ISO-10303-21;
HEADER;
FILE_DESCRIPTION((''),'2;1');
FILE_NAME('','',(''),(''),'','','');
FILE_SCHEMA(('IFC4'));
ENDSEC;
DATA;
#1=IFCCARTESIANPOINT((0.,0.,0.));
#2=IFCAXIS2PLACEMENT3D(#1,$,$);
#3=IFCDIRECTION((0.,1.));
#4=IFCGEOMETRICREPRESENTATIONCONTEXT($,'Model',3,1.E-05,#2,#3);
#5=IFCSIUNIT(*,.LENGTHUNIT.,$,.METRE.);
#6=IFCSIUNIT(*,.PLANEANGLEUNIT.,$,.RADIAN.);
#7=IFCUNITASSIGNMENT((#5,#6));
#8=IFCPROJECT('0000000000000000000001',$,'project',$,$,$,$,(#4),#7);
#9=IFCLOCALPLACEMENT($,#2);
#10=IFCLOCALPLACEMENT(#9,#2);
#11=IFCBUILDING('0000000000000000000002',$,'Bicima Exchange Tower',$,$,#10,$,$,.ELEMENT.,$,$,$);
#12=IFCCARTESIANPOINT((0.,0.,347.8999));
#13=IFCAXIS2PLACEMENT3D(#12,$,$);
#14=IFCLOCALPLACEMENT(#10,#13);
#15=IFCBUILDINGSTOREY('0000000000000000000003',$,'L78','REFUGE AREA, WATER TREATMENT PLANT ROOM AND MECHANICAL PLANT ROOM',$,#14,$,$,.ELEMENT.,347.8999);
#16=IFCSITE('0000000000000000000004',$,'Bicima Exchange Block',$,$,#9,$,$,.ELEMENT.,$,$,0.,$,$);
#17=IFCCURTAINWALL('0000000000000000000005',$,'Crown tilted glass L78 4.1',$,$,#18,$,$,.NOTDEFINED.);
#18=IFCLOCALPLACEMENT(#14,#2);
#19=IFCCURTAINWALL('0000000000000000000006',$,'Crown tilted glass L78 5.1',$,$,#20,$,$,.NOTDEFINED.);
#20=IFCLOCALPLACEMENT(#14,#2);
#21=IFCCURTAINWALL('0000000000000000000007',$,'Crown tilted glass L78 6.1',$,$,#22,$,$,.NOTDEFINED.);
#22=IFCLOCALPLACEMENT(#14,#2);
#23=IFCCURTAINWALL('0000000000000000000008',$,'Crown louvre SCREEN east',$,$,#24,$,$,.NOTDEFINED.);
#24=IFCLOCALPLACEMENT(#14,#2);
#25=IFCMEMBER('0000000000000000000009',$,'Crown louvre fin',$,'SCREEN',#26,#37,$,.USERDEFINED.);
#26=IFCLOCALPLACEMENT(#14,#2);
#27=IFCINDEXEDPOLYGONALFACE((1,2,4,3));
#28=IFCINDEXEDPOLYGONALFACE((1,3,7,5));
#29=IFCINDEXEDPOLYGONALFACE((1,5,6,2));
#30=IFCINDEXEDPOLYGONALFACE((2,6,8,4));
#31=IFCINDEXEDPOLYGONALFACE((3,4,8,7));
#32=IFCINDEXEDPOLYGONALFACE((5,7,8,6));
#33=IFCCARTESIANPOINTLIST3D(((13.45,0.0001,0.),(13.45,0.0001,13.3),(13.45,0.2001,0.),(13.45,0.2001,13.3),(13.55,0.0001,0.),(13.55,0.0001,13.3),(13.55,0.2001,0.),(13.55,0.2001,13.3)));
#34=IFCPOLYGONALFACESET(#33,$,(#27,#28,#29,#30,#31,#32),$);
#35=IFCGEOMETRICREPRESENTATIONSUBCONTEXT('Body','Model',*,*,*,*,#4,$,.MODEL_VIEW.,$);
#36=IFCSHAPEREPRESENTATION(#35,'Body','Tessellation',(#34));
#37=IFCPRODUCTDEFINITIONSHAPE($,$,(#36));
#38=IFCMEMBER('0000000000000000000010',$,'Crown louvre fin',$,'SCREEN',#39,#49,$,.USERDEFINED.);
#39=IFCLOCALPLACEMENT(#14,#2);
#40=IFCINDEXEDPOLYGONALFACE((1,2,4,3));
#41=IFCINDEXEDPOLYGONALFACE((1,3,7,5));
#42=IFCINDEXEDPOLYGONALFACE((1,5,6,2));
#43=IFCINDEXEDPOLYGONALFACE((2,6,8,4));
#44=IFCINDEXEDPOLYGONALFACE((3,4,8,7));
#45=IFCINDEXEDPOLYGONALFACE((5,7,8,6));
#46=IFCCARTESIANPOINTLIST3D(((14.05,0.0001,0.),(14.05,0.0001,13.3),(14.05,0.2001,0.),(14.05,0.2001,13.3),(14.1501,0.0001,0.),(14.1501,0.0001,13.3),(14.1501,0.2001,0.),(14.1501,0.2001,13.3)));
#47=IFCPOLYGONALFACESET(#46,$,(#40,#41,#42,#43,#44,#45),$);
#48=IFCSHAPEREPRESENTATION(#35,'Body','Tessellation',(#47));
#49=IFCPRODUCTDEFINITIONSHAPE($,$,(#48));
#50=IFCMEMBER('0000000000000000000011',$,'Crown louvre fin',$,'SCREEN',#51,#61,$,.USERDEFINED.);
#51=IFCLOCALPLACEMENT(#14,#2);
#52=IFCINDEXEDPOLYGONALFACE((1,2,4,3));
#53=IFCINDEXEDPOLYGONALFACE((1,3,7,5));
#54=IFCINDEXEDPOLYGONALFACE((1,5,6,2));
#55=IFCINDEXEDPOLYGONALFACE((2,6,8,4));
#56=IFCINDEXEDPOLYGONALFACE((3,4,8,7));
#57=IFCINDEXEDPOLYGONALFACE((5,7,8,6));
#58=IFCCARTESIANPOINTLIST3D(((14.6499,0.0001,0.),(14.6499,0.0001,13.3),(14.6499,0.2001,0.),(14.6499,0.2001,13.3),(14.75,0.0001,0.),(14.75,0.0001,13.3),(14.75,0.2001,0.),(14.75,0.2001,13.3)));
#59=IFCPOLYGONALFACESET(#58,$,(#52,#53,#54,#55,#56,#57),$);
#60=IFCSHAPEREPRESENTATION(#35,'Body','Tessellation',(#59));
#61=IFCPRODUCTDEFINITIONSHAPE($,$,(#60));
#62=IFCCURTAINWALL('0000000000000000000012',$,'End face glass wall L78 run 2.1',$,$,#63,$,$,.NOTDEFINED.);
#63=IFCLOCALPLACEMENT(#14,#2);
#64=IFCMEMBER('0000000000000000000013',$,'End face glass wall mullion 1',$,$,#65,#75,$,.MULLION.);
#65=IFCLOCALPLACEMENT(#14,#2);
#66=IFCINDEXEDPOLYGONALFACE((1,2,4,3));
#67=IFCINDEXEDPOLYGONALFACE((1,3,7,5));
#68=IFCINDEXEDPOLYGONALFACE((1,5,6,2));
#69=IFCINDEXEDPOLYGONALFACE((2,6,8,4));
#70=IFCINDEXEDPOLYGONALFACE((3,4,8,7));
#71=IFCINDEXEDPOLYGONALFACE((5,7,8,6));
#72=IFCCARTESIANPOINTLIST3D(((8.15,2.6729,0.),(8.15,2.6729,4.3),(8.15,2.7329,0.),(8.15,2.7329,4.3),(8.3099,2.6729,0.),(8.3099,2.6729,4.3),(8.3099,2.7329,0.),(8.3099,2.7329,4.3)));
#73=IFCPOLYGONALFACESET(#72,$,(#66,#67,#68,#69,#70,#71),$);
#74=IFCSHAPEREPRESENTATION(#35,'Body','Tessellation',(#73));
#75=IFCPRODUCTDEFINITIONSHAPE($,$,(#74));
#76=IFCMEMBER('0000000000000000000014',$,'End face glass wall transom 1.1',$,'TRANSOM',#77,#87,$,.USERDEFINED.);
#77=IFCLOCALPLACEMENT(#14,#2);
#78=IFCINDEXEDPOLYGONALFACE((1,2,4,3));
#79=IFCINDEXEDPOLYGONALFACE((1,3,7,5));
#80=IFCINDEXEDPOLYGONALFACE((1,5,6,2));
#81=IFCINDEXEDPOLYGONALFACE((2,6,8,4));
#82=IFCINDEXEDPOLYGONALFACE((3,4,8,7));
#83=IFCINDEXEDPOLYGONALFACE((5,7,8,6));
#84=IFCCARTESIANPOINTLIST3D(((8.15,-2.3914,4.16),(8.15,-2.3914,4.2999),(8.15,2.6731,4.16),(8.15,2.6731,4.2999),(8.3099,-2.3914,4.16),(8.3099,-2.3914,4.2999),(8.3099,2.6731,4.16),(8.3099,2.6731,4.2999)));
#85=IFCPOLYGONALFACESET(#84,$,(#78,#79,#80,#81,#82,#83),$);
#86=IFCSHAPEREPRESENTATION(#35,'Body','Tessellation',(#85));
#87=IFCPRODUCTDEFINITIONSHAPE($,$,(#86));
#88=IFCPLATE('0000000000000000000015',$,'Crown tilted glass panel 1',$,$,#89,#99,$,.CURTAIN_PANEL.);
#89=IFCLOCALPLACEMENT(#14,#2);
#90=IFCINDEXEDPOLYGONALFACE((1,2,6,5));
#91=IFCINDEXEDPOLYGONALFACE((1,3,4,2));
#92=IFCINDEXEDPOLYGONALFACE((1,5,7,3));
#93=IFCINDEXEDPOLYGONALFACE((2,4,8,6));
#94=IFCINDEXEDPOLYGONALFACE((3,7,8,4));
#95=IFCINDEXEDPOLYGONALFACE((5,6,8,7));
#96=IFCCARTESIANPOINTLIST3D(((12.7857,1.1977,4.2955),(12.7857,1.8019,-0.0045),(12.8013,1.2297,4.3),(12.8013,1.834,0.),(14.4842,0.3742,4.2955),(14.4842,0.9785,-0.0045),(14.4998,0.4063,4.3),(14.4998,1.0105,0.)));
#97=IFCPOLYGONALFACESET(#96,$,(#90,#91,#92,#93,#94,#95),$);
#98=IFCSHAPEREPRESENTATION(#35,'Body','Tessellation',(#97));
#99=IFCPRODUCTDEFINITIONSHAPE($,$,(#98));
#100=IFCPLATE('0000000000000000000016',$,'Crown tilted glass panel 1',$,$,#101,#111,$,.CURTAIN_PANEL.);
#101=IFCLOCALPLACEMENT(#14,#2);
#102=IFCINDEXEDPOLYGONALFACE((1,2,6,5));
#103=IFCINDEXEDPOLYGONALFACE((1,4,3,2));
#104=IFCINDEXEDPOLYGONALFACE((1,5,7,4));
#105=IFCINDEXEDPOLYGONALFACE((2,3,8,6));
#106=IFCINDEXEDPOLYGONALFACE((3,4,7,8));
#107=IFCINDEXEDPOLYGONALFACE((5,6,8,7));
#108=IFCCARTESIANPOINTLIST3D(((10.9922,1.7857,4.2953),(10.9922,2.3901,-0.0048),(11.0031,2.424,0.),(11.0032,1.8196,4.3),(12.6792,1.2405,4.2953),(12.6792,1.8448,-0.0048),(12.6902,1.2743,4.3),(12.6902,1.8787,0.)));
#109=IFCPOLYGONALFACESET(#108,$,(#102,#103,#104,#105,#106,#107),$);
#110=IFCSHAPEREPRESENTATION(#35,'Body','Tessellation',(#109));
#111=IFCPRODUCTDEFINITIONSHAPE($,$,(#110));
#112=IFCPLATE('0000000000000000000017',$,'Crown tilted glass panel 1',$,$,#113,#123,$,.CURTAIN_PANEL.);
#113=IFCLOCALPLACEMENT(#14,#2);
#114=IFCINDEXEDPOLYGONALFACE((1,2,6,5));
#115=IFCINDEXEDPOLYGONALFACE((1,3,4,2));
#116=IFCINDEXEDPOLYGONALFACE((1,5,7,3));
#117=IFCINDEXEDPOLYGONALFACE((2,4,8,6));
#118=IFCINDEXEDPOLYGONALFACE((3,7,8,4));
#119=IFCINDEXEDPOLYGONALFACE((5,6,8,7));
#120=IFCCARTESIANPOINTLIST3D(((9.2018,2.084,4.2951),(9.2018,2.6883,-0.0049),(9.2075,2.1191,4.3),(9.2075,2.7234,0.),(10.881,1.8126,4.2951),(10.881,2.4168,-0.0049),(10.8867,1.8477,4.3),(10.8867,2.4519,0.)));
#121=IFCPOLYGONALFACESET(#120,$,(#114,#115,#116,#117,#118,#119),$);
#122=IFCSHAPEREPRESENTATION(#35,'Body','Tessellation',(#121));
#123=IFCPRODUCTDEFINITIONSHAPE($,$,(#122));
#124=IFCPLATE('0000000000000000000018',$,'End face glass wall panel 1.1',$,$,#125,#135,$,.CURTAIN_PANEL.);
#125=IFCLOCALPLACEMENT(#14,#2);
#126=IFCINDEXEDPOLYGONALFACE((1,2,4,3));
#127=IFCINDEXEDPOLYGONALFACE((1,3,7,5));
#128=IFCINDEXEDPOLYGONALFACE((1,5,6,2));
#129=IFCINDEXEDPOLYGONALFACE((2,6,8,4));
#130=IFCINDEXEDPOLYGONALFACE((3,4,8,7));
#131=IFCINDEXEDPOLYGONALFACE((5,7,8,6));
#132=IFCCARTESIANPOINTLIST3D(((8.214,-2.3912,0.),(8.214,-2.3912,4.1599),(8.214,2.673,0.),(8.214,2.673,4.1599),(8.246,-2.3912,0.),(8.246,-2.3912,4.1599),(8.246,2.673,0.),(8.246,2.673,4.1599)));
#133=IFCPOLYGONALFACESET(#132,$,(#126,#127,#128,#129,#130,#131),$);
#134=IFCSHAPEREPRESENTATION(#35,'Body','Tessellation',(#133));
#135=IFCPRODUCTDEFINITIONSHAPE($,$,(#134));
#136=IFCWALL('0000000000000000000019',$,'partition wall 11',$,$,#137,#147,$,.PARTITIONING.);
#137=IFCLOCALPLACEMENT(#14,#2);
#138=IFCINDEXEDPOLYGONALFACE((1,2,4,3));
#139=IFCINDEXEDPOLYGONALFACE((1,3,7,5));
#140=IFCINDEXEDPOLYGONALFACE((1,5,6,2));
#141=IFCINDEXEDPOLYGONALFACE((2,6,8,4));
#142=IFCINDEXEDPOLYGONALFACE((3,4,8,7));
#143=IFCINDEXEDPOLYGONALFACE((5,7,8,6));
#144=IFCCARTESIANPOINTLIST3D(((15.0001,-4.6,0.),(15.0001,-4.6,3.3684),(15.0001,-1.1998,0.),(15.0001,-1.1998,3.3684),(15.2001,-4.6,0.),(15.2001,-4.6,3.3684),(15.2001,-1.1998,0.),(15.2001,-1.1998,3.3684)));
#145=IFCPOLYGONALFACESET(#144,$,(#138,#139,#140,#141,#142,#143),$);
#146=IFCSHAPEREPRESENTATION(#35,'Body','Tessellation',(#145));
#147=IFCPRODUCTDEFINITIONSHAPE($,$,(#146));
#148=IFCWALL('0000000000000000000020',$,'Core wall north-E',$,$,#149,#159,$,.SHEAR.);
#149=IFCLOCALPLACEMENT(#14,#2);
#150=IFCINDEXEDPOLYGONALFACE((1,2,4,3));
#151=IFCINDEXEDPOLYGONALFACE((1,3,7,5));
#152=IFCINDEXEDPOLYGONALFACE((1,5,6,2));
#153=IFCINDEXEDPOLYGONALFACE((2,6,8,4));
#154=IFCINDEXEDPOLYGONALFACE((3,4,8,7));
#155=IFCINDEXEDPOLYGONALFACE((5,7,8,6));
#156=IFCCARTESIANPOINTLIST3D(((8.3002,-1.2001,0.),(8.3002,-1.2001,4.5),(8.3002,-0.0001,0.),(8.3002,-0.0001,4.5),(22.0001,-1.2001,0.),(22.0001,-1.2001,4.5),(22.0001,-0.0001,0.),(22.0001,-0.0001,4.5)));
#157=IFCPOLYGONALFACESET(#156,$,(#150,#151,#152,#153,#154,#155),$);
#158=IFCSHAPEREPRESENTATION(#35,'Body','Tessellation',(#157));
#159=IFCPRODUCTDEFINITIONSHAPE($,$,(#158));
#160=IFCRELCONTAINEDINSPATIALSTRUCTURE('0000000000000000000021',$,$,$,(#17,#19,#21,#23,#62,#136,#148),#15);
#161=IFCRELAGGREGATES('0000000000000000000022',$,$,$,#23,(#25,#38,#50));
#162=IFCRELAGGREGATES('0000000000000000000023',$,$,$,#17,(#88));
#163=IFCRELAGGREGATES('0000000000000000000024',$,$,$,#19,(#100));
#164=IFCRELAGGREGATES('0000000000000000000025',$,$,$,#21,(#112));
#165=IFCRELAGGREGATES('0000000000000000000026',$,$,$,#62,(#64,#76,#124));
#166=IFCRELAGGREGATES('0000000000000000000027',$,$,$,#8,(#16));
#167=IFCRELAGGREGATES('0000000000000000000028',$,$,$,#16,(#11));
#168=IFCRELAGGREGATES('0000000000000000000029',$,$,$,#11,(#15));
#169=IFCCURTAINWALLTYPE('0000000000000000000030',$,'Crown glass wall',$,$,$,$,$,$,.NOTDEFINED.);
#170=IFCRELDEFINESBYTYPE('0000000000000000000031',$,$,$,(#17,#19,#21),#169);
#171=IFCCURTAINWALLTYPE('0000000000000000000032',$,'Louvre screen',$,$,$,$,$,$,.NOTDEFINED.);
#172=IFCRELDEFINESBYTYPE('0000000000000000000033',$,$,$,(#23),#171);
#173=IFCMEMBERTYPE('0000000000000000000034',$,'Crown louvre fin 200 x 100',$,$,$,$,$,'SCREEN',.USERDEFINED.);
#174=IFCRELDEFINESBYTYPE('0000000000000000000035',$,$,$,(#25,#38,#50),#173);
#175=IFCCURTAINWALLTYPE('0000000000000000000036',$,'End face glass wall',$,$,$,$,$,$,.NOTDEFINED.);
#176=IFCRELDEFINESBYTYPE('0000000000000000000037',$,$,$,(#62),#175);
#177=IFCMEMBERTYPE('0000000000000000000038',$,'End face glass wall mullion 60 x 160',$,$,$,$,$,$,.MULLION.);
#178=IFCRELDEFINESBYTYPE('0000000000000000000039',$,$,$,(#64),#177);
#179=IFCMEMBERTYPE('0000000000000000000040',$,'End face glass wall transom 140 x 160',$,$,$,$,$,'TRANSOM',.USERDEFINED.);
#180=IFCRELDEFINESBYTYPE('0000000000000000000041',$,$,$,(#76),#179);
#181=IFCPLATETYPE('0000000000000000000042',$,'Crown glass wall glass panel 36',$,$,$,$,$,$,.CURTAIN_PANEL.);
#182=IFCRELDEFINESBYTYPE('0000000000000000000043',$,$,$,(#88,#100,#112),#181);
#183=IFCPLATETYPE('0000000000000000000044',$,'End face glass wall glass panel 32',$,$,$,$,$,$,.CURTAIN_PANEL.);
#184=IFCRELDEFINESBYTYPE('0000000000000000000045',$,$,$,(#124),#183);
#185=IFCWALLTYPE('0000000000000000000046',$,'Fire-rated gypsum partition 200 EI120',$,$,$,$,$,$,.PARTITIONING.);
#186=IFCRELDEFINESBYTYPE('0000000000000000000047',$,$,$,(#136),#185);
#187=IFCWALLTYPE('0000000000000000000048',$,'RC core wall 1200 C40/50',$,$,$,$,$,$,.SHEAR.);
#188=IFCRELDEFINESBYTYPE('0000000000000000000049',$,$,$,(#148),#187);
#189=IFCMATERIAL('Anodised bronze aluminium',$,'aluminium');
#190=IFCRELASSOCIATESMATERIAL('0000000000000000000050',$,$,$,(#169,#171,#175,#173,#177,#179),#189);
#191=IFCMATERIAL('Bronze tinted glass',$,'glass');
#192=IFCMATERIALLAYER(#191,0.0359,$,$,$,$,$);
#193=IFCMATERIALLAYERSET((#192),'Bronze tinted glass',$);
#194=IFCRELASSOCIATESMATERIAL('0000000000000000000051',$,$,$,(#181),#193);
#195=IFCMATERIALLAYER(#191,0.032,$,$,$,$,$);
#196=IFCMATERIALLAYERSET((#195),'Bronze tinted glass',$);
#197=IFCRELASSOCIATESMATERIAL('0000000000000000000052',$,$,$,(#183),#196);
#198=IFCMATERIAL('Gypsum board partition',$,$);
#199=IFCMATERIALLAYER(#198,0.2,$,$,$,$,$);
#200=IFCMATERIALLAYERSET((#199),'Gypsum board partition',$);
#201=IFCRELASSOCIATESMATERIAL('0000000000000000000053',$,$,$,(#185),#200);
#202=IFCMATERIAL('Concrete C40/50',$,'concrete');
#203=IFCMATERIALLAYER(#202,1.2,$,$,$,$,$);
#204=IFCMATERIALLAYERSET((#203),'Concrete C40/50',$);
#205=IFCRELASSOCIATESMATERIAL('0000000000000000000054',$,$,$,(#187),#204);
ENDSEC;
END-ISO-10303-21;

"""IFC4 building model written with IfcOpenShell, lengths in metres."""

from ifc_helpers import new_model, si_unit, direction, frame, frame_2d, origin, origin_2d, place, context, subcontext, project, spatial, polyline, rectangle, outline, extrude, material, layer, layer_set, material_profile, profile_set, type_object, element, aggregate, save


model = new_model("IFC4")

# Units and contexts
model_context = context("Model", 3, precision=1e-05, world=origin(), true_north=direction((0.0, 1.0)))
body_context = subcontext(model_context, "Body", "Model", "MODEL_VIEW")
ifc_project = project(units=[si_unit("LENGTHUNIT", "METRE"), si_unit("PLANEANGLEUNIT", "RADIAN")], contexts=[model_context])

# Site, building, storey
site_placement = place(None, origin())
site = spatial("IfcSite", under=ifc_project, at=site_placement, Name="Bicima Exchange Block", CompositionType="ELEMENT", RefElevation=0.0)
building_placement = place(site_placement, origin())
building = spatial("IfcBuilding", under=site, at=building_placement, Name="Bicima Exchange Tower", CompositionType="ELEMENT")
storey_placement = place(building_placement, frame((0.0, 0.0, 347.8999)))
storey = spatial("IfcBuildingStorey", under=building, at=storey_placement, Name="L78", Description="REFUGE AREA, WATER TREATMENT PLANT ROOM AND MECHANICAL PLANT ROOM", CompositionType="ELEMENT", Elevation=347.8999)

# Shared definitions
ifc_material_1 = material(Name="Anodised bronze aluminium", Category="aluminium")
curtain_wall_type_1 = type_object("IfcCurtainWallType", Name="Crown glass wall", PredefinedType="NOTDEFINED", material=ifc_material_1)

# Curtain walls, members
curtain_wall_1_placement = place(storey_placement, origin())
curtain_wall_1 = element("IfcCurtainWall", 1, at=curtain_wall_1_placement, inside=storey, type_object=curtain_wall_type_1, Name="Crown tilted glass L78 4.1", PredefinedType="NOTDEFINED")
curtain_wall_2_placement = place(storey_placement, origin())
curtain_wall_2 = element("IfcCurtainWall", 2, at=curtain_wall_2_placement, inside=storey, type_object=curtain_wall_type_1, Name="Crown tilted glass L78 5.1", PredefinedType="NOTDEFINED")
curtain_wall_3_placement = place(storey_placement, origin())
curtain_wall_3 = element("IfcCurtainWall", 3, at=curtain_wall_3_placement, inside=storey, type_object=curtain_wall_type_1, Name="Crown tilted glass L78 6.1", PredefinedType="NOTDEFINED")
curtain_wall_type_2 = type_object("IfcCurtainWallType", Name="Louvre screen", PredefinedType="NOTDEFINED", material=ifc_material_1)
curtain_wall_4_placement = place(storey_placement, origin())
curtain_wall_4 = element("IfcCurtainWall", 4, at=curtain_wall_4_placement, inside=storey, type_object=curtain_wall_type_2, Name="Crown louvre SCREEN east", PredefinedType="NOTDEFINED")
ifc_material_profile_1 = material_profile(ifc_material_1, rectangle(XDim=0.1001, YDim=0.2, at=origin_2d()))
ifc_profile_set_1 = profile_set([ifc_material_profile_1], Name="Anodised bronze aluminium")
member_type_1 = type_object("IfcMemberType", Name="Crown louvre fin 200 x 100", ElementType="SCREEN", PredefinedType="USERDEFINED", material=ifc_profile_set_1)
member_1_placement = place(storey_placement, frame((13.5, 0.1001, 0.0), z_axis=(0.0, 0.0, 1.0), x_axis=(1.0, 0.0, 0.0)))
member_1 = element("IfcMember", 5, at=member_1_placement, type_object=member_type_1, Name="Crown louvre fin", ObjectType="SCREEN", PredefinedType="USERDEFINED", context=body_context, shape_type="SweptSolid", body=[
    extrude(rectangle(XDim=0.1001, YDim=0.2, at=origin_2d()), origin(), (0.0, 0.0, 1.0), 13.3),
])
member_2_placement = place(storey_placement, frame((14.1001, 0.1001, 0.0), z_axis=(0.0, 0.0, 1.0), x_axis=(1.0, 0.0, 0.0)))
member_2 = element("IfcMember", 6, at=member_2_placement, type_object=member_type_1, Name="Crown louvre fin", ObjectType="SCREEN", PredefinedType="USERDEFINED", context=body_context, shape_type="SweptSolid", body=[
    extrude(rectangle(XDim=0.1001, YDim=0.2, at=origin_2d()), origin(), (0.0, 0.0, 1.0), 13.3),
])
member_3_placement = place(storey_placement, frame((14.7, 0.1001, 0.0), z_axis=(0.0, 0.0, 1.0), x_axis=(1.0, 0.0, 0.0)))
member_3 = element("IfcMember", 7, at=member_3_placement, type_object=member_type_1, Name="Crown louvre fin", ObjectType="SCREEN", PredefinedType="USERDEFINED", context=body_context, shape_type="SweptSolid", body=[
    extrude(rectangle(XDim=0.1001, YDim=0.2, at=origin_2d()), origin(), (0.0, 0.0, 1.0), 13.3),
])
aggregate(curtain_wall_4, [member_1, member_2, member_3])
curtain_wall_type_3 = type_object("IfcCurtainWallType", Name="End face glass wall", PredefinedType="NOTDEFINED", material=ifc_material_1)
curtain_wall_5_placement = place(storey_placement, origin())
curtain_wall_5 = element("IfcCurtainWall", 8, at=curtain_wall_5_placement, inside=storey, type_object=curtain_wall_type_3, Name="End face glass wall L78 run 2.1", PredefinedType="NOTDEFINED")
ifc_material_profile_2 = material_profile(ifc_material_1, rectangle(XDim=0.1599, YDim=0.0601, at=origin_2d()))
ifc_profile_set_2 = profile_set([ifc_material_profile_2], Name="Anodised bronze aluminium")
member_type_2 = type_object("IfcMemberType", Name="End face glass wall mullion 60 x 160", PredefinedType="MULLION", material=ifc_profile_set_2)
member_4_placement = place(storey_placement, frame((8.23, 2.7029, 0.0), z_axis=(0.0, 0.0, 1.0), x_axis=(1.0, 0.0, 0.0)))
member_4 = element("IfcMember", 9, at=member_4_placement, type_object=member_type_2, Name="End face glass wall mullion 1", PredefinedType="MULLION", context=body_context, shape_type="SweptSolid", body=[
    extrude(rectangle(XDim=0.1599, YDim=0.0601, at=origin_2d()), origin(), (0.0, 0.0, 1.0), 4.3),
])
ifc_material_profile_3 = material_profile(ifc_material_1, rectangle(XDim=0.1599, YDim=0.1399, at=origin_2d()))
ifc_profile_set_3 = profile_set([ifc_material_profile_3], Name="Anodised bronze aluminium")
member_type_3 = type_object("IfcMemberType", Name="End face glass wall transom 140 x 160", ElementType="TRANSOM", PredefinedType="USERDEFINED", material=ifc_profile_set_3)
member_5_placement = place(storey_placement, frame((8.23, 2.6731, 4.23), z_axis=(0.0, -1.0, 0.0), x_axis=(1.0, 0.0, 0.0)))
member_5 = element("IfcMember", 10, at=member_5_placement, type_object=member_type_3, Name="End face glass wall transom 1.1", ObjectType="TRANSOM", PredefinedType="USERDEFINED", context=body_context, shape_type="SweptSolid", body=[
    extrude(rectangle(XDim=0.1599, YDim=0.1399, at=origin_2d()), origin(), (0.0, 0.0, 1.0), 5.0645),
])

# Plates
ifc_material_2 = material(Name="Bronze tinted glass", Category="glass")
ifc_layer_1 = layer(ifc_material_2, 0.0359)
ifc_layer_set_1 = layer_set([ifc_layer_1], Name="Bronze tinted glass")
plate_type_1 = type_object("IfcPlateType", Name="Crown glass wall glass panel 36", PredefinedType="CURTAIN_PANEL", material=ifc_layer_set_1)
plate_1_placement = place(storey_placement, frame((14.4998, 1.0105, 0.0), z_axis=(0.432818, 0.892711, 0.125445), x_axis=(-0.899819, 0.436264, 0.0)))
plate_1 = element("IfcPlate", 11, at=plate_1_placement, type_object=plate_type_1, Name="Crown tilted glass panel 1", PredefinedType="CURTAIN_PANEL", context=body_context, shape_type="SweptSolid", body=[
    extrude(outline(polyline([(0.0, 0.0), (1.8876, 0.0), (1.624, 4.3343), (-0.2636, 4.3343), (0.0, 0.0)])), origin(), (0.0, 0.0, -1.0), 0.0359),
])
aggregate(curtain_wall_1, [plate_1])
plate_2_placement = place(storey_placement, frame((12.6902, 1.8787, 0.0), z_axis=(0.304846, 0.943132, 0.132557), x_axis=(-0.951528, 0.307561, -0.000009)))
plate_2 = element("IfcPlate", 12, at=plate_2_placement, type_object=plate_type_1, Name="Crown tilted glass panel 1", PredefinedType="CURTAIN_PANEL", context=body_context, shape_type="SweptSolid", body=[
    extrude(outline(polyline([(0.0, 0.0), (1.773, 0.0), (1.587, 4.3383), (-0.1859, 4.3383), (0.0, 0.0)])), origin(), (0.0, 0.0, -1.0), 0.0359),
])
aggregate(curtain_wall_2, [plate_2])
plate_3_placement = place(storey_placement, frame((10.8867, 2.4519, 0.0), z_axis=(0.158089, 0.977818, 0.137404), x_axis=(-0.987181, 0.159602, 0.0)))
plate_3 = element("IfcPlate", 13, at=plate_3_placement, type_object=plate_type_1, Name="Crown tilted glass panel 1", PredefinedType="CURTAIN_PANEL", context=body_context, shape_type="SweptSolid", body=[
    extrude(outline(polyline([(0.0, 0.0), (1.701, 0.0), (1.6046, 4.3412), (-0.0964, 4.3412), (0.0, 0.0)])), origin(), (0.0, 0.0, -1.0), 0.0359),
])
aggregate(curtain_wall_3, [plate_3])
ifc_layer_2 = layer(ifc_material_2, 0.032)
ifc_layer_set_2 = layer_set([ifc_layer_2], Name="Bronze tinted glass")
plate_type_2 = type_object("IfcPlateType", Name="End face glass wall glass panel 32", PredefinedType="CURTAIN_PANEL", material=ifc_layer_set_2)
plate_4_placement = place(storey_placement, frame((8.23, 0.1409, 0.0), z_axis=(0.0, 0.0, 1.0), x_axis=(0.0, -1.0, 0.0)))
plate_4 = element("IfcPlate", 14, at=plate_4_placement, type_object=plate_type_2, Name="End face glass wall panel 1.1", PredefinedType="CURTAIN_PANEL", context=body_context, shape_type="SweptSolid", body=[
    extrude(rectangle(XDim=5.0642, YDim=0.032, at=origin_2d()), origin(), (0.0, 0.0, 1.0), 4.1599),
])
aggregate(curtain_wall_5, [member_4, member_5, plate_4])

# Walls
ifc_material_3 = material(Name="Gypsum board partition")
ifc_layer_3 = layer(ifc_material_3, 0.2)
ifc_layer_set_3 = layer_set([ifc_layer_3], Name="Gypsum board partition")
wall_type_1 = type_object("IfcWallType", Name="Fire-rated gypsum partition 200 EI120", PredefinedType="PARTITIONING", material=ifc_layer_set_3)
wall_1_placement = place(storey_placement, frame((15.1001, -4.6001, 0.0), z_axis=(0.0, 0.0, 1.0), x_axis=(0.0, 1.0, 0.0)))
element("IfcWall", 15, at=wall_1_placement, inside=storey, type_object=wall_type_1, Name="partition wall 11", PredefinedType="PARTITIONING", context=body_context, shape_type="SweptSolid", body=[
    extrude(rectangle(XDim=3.4001, YDim=0.2, at=frame_2d((1.7002, 0.0))), origin(), (0.0, 0.0, 1.0), 3.3684),
])
ifc_material_4 = material(Name="Concrete C40/50", Category="concrete")
ifc_layer_4 = layer(ifc_material_4, 1.2)
ifc_layer_set_4 = layer_set([ifc_layer_4], Name="Concrete C40/50")
wall_type_2 = type_object("IfcWallType", Name="RC core wall 1200 C40/50", PredefinedType="SHEAR", material=ifc_layer_set_4)
wall_2_placement = place(storey_placement, frame((8.3, -0.6001, 0.0), z_axis=(0.0, 0.0, 1.0), x_axis=(1.0, 0.0, 0.0)))
element("IfcWall", 16, at=wall_2_placement, inside=storey, type_object=wall_type_2, Name="Core wall north-E", PredefinedType="SHEAR", context=body_context, shape_type="SweptSolid", body=[
    extrude(rectangle(XDim=13.7, YDim=1.2, at=frame_2d((6.8501, 0.0))), origin(), (0.0, 0.0, 1.0), 4.5),
])

save(model, "model.ifc")
